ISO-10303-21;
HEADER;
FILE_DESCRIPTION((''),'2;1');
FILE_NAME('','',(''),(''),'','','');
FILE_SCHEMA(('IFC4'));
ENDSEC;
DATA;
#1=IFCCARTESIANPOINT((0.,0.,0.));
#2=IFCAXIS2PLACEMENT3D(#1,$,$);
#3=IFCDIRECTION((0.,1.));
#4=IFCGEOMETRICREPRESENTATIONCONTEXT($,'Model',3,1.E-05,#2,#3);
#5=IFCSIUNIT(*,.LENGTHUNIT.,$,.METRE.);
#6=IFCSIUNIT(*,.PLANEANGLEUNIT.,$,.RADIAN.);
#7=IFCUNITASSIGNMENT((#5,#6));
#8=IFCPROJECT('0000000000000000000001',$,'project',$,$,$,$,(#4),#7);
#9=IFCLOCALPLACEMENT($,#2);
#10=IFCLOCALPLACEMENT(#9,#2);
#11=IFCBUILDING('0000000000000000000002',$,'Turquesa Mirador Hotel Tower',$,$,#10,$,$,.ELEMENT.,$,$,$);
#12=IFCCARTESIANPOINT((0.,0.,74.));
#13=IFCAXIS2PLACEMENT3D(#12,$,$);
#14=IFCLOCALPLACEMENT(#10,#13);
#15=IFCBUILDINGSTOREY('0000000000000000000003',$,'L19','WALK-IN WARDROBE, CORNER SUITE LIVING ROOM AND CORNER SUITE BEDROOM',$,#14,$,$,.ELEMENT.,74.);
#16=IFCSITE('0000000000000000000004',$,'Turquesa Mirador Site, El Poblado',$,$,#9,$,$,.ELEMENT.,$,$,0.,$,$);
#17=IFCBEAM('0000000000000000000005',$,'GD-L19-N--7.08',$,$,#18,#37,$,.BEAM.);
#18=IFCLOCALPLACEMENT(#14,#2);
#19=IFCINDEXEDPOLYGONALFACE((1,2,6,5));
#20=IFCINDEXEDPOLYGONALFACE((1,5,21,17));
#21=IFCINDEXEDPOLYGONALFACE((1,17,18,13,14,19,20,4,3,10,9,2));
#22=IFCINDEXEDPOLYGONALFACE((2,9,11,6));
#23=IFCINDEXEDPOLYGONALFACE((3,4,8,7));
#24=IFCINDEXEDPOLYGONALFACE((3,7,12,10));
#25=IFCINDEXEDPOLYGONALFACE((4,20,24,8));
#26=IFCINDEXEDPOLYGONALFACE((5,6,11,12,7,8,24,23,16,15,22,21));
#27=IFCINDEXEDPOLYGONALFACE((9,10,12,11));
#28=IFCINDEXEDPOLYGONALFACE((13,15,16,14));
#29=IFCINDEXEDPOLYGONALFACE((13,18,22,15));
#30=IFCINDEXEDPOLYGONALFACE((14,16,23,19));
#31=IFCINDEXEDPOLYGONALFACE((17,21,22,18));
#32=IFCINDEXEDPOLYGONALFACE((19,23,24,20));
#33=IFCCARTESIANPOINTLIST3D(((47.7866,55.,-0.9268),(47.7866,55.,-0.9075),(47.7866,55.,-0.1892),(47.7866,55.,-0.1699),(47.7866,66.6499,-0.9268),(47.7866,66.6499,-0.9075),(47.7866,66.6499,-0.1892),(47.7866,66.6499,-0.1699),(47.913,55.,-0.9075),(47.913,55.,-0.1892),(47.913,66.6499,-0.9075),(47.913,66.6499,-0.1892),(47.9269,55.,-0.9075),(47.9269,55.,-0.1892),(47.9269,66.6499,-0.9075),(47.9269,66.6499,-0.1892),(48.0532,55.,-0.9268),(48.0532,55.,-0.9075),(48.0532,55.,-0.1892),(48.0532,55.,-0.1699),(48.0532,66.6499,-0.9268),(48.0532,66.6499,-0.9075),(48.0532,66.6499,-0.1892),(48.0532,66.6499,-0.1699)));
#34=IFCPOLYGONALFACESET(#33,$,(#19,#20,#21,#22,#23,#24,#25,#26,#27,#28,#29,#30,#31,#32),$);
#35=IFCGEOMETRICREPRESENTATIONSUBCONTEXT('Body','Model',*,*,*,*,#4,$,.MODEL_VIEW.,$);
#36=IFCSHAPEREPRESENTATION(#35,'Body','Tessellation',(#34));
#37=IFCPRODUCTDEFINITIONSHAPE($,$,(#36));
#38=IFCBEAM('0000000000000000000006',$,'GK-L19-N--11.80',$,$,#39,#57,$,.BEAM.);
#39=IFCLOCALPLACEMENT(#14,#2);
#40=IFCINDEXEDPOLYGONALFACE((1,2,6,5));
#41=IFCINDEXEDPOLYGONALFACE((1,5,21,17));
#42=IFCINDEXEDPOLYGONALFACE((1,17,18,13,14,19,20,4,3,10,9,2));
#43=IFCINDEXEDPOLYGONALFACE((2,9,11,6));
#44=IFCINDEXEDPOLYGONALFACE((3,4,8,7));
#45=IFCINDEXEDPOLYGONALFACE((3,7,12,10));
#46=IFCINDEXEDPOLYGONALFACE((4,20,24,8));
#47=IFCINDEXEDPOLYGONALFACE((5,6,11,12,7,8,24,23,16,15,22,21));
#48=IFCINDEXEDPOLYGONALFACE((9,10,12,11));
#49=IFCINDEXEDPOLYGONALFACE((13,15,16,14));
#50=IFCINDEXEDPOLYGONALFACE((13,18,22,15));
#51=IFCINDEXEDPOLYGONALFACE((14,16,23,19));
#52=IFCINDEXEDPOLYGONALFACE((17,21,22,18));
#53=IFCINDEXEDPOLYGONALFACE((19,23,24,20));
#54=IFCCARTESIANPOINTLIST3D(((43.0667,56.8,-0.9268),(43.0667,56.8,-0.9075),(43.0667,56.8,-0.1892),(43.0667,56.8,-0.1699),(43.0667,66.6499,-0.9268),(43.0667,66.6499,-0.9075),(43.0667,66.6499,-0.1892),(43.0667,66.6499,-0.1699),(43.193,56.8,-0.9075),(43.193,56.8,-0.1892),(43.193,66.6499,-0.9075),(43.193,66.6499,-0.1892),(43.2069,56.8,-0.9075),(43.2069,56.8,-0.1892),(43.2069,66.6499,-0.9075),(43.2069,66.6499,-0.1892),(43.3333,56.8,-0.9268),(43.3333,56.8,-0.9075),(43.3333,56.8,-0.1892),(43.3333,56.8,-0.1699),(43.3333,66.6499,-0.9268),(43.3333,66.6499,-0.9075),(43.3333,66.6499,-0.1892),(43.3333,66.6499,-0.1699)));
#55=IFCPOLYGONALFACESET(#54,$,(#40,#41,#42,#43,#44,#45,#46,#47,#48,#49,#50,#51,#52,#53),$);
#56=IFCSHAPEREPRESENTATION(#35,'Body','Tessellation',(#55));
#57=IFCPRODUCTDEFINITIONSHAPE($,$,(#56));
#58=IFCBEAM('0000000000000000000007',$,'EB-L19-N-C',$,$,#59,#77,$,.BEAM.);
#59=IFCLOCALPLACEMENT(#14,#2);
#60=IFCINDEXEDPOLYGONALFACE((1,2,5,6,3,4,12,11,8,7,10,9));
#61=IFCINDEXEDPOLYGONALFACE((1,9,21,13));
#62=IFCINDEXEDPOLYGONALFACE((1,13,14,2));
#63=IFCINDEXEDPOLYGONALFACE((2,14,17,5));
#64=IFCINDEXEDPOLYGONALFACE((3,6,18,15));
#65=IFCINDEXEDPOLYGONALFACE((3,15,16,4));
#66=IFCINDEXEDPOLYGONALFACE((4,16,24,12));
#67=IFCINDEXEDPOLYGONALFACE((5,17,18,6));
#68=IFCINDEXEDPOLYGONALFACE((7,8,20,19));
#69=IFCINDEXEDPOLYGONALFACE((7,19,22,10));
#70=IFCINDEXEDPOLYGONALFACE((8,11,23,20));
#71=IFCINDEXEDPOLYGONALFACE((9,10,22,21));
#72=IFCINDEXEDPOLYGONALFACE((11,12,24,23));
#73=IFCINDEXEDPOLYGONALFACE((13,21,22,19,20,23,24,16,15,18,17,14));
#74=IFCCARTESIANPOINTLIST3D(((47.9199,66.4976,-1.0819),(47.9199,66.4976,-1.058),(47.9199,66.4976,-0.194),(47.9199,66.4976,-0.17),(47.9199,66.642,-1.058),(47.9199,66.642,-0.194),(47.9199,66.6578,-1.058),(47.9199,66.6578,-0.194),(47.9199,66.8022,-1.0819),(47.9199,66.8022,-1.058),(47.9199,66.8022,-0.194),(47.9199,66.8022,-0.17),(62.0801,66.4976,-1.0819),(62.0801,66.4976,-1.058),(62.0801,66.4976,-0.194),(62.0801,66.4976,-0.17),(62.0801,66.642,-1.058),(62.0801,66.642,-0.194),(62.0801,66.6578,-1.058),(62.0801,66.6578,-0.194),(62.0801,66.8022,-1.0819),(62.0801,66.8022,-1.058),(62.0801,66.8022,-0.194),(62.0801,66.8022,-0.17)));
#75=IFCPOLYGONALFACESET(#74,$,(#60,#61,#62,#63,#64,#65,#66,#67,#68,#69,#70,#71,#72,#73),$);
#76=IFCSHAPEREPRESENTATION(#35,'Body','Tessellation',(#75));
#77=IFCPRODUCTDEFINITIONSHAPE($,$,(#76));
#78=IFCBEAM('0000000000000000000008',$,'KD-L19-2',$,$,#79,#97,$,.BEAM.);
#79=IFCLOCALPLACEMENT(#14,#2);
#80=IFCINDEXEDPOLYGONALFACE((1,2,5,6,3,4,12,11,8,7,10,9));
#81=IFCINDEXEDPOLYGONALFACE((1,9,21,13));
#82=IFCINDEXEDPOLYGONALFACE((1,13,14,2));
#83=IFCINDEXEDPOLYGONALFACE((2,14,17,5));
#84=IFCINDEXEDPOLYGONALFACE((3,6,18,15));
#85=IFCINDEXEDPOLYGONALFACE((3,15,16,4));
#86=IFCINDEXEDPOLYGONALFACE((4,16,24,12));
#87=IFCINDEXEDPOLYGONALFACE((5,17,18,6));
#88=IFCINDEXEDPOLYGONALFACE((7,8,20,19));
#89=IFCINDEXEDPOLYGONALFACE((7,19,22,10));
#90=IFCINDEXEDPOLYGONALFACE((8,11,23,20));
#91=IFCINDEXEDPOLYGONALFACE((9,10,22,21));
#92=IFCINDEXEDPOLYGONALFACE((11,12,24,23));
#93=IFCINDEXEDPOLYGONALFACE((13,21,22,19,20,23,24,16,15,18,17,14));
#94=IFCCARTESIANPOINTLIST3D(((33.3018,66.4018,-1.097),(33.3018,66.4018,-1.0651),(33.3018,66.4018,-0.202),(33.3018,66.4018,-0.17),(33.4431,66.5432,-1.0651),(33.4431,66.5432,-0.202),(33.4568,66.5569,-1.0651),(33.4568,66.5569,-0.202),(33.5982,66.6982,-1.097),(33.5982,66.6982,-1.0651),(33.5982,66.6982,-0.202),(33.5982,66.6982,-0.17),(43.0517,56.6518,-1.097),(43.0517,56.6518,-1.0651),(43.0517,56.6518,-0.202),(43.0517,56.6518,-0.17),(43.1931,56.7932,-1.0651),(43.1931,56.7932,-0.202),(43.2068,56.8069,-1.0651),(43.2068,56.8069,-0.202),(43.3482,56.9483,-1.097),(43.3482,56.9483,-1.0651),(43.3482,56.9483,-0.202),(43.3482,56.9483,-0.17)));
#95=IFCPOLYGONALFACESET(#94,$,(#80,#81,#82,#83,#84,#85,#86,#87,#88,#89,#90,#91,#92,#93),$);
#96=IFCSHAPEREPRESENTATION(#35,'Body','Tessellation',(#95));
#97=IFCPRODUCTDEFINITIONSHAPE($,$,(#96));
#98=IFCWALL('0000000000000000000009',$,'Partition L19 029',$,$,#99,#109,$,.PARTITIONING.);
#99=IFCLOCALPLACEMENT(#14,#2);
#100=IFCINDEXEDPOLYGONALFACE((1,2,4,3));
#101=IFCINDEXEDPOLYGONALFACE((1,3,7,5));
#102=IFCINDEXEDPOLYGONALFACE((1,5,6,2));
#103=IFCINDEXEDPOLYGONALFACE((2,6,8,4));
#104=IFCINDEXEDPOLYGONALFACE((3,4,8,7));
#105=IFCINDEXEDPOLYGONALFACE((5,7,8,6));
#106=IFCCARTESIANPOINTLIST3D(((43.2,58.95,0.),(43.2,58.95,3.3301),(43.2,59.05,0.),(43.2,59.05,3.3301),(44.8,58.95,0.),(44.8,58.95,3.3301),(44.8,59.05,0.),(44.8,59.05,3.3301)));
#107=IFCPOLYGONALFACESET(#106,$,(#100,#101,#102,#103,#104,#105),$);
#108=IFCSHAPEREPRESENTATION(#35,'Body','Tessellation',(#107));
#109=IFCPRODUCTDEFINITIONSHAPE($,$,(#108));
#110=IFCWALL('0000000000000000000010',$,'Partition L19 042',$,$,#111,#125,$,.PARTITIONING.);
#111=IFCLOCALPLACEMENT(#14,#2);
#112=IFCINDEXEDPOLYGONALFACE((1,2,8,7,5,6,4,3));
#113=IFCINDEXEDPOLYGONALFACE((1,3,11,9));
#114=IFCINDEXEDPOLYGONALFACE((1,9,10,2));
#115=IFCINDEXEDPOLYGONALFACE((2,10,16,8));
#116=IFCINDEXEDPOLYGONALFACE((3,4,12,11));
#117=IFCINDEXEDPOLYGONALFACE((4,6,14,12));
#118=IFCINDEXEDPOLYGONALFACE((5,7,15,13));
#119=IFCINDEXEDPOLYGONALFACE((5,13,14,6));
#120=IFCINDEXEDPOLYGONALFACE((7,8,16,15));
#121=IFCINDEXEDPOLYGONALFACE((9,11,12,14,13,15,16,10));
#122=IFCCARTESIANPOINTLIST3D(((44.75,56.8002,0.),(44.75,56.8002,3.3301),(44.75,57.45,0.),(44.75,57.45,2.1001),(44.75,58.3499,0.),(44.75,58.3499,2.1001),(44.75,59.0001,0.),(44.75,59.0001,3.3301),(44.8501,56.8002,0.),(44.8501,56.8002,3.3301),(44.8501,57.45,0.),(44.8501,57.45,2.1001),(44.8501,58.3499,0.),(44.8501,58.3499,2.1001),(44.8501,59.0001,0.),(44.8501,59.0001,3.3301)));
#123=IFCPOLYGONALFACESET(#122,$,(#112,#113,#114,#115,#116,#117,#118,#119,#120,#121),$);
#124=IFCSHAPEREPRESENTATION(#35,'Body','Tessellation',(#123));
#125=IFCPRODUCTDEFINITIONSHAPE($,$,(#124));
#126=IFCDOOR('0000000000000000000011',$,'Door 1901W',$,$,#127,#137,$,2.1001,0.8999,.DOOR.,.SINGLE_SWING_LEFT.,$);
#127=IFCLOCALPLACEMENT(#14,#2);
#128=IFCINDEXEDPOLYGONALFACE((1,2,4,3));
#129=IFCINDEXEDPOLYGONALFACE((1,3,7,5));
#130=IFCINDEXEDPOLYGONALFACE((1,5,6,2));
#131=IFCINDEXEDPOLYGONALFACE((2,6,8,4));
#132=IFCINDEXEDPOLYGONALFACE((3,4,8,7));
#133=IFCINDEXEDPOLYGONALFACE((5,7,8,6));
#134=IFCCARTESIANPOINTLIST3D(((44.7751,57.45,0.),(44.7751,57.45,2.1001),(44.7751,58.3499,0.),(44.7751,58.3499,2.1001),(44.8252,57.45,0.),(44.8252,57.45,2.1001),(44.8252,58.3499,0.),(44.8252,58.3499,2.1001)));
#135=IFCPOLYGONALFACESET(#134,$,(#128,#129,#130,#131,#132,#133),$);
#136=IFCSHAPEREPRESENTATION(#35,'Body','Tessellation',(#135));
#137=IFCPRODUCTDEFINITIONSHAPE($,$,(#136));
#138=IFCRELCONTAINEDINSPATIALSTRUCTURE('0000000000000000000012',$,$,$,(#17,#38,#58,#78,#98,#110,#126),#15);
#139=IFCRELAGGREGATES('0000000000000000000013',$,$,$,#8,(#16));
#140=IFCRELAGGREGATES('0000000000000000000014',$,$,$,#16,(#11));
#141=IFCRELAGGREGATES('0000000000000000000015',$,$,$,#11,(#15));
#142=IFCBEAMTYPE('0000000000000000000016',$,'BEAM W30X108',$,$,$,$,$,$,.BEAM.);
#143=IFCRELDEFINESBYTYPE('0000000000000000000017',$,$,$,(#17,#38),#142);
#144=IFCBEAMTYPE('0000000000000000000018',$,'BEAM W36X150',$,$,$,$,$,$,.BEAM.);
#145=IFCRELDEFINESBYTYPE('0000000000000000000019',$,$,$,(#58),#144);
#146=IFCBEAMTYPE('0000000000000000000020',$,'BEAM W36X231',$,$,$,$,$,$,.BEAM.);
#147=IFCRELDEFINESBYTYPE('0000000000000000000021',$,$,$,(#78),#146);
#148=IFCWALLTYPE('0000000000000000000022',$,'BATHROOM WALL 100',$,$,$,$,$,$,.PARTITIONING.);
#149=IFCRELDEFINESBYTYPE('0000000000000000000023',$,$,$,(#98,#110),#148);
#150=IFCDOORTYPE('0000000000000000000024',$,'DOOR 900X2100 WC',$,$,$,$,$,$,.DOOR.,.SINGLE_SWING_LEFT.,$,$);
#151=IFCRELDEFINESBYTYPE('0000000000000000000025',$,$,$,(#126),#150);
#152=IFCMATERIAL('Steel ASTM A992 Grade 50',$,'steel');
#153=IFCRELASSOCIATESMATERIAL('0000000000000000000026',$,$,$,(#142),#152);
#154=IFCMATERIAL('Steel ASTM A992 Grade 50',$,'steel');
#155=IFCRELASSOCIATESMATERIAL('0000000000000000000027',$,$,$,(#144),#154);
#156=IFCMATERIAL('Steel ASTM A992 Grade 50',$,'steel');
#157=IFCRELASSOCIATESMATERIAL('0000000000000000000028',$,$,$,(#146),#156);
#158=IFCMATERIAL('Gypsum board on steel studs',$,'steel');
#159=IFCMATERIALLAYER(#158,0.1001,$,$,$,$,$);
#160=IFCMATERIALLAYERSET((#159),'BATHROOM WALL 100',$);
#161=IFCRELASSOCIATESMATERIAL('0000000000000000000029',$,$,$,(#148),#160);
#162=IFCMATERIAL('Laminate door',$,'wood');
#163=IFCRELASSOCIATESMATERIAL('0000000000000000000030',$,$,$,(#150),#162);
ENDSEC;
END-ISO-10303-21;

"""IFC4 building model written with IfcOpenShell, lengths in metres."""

from ifc_helpers import new_model, si_unit, direction, frame, frame_2d, origin, origin_2d, place, context, subcontext, project, spatial, rectangle, i_section, extrude, material, layer, layer_set, material_profile, profile_set, type_object, element, fill, save


model = new_model("IFC4")

# Units and contexts
model_context = context("Model", 3, precision=1e-05, world=origin(), true_north=direction((0.0, 1.0)))
body_context = subcontext(model_context, "Body", "Model", "MODEL_VIEW")
ifc_project = project(units=[si_unit("LENGTHUNIT", "METRE"), si_unit("PLANEANGLEUNIT", "RADIAN")], contexts=[model_context])

# Site, building, storey
site_placement = place(None, origin())
site = spatial("IfcSite", under=ifc_project, at=site_placement, Name="Turquesa Mirador Site, El Poblado", CompositionType="ELEMENT", RefElevation=0.0)
building_placement = place(site_placement, origin())
building = spatial("IfcBuilding", under=site, at=building_placement, Name="Turquesa Mirador Hotel Tower", CompositionType="ELEMENT")
storey_placement = place(building_placement, frame((0.0, 0.0, 74.0)))
storey = spatial("IfcBuildingStorey", under=building, at=storey_placement, Name="L19", Description="WALK-IN WARDROBE, CORNER SUITE LIVING ROOM AND CORNER SUITE BEDROOM", CompositionType="ELEMENT", Elevation=74.0)

# Beams
ifc_material_1 = material(Name="Steel ASTM A992 Grade 50", Category="steel")
ifc_material_profile_1 = material_profile(ifc_material_1, i_section(OverallWidth=0.2666, OverallDepth=0.7568, WebThickness=0.0139, FlangeThickness=0.0193, at=origin_2d()), Name="W30X108")
ifc_profile_set_1 = profile_set([ifc_material_profile_1], Name="Steel ASTM A992 Grade 50")
beam_type_1 = type_object("IfcBeamType", Name="BEAM W30X108", PredefinedType="BEAM", material=ifc_profile_set_1)
beam_1_placement = place(storey_placement, frame((47.9199, 66.6499, -0.5483), z_axis=(0.0, -1.0, 0.0), x_axis=(1.0, 0.0, 0.0)))
element("IfcBeam", 1, at=beam_1_placement, inside=storey, type_object=beam_type_1, Name="GD-L19-N--7.08", PredefinedType="BEAM", context=body_context, shape_type="SweptSolid", body=[
    extrude(i_section(OverallWidth=0.2666, OverallDepth=0.7568, WebThickness=0.0139, FlangeThickness=0.0193, at=origin_2d()), origin(), (0.0, 0.0, 1.0), 11.6499),
])
beam_2_placement = place(storey_placement, frame((43.2, 66.6499, -0.5483), z_axis=(0.0, -1.0, 0.0), x_axis=(1.0, 0.0, 0.0)))
element("IfcBeam", 2, at=beam_2_placement, inside=storey, type_object=beam_type_1, Name="GK-L19-N--11.80", PredefinedType="BEAM", context=body_context, shape_type="SweptSolid", body=[
    extrude(i_section(OverallWidth=0.2666, OverallDepth=0.7568, WebThickness=0.0139, FlangeThickness=0.0193, at=origin_2d()), origin(), (0.0, 0.0, 1.0), 9.8499),
])
ifc_material_2 = material(Name="Steel ASTM A992 Grade 50", Category="steel")
ifc_material_profile_2 = material_profile(ifc_material_2, i_section(OverallWidth=0.3047, OverallDepth=0.9119, WebThickness=0.0159, FlangeThickness=0.0239, at=origin_2d()), Name="W36X150")
ifc_profile_set_2 = profile_set([ifc_material_profile_2], Name="Steel ASTM A992 Grade 50")
beam_type_2 = type_object("IfcBeamType", Name="BEAM W36X150", PredefinedType="BEAM", material=ifc_profile_set_2)
beam_3_placement = place(storey_placement, frame((47.9199, 66.6499, -0.626), z_axis=(1.0, 0.0, 0.0), x_axis=(0.0, 1.0, 0.0)))
element("IfcBeam", 3, at=beam_3_placement, inside=storey, type_object=beam_type_2, Name="EB-L19-N-C", PredefinedType="BEAM", context=body_context, shape_type="SweptSolid", body=[
    extrude(i_section(OverallWidth=0.3047, OverallDepth=0.9119, WebThickness=0.0159, FlangeThickness=0.0239, at=origin_2d()), origin(), (0.0, 0.0, 1.0), 14.1602),
])
ifc_material_3 = material(Name="Steel ASTM A992 Grade 50", Category="steel")
ifc_material_profile_3 = material_profile(ifc_material_3, i_section(OverallWidth=0.4192, OverallDepth=0.927, WebThickness=0.0193, FlangeThickness=0.032, at=origin_2d()), Name="W36X231")
ifc_profile_set_3 = profile_set([ifc_material_profile_3], Name="Steel ASTM A992 Grade 50")
beam_type_3 = type_object("IfcBeamType", Name="BEAM W36X231", PredefinedType="BEAM", material=ifc_profile_set_3)
beam_4_placement = place(storey_placement, frame((43.2, 56.8, -0.6335), z_axis=(-0.707107, 0.707107, 0.0), x_axis=(-0.707107, -0.707107, 0.0)))
element("IfcBeam", 4, at=beam_4_placement, inside=storey, type_object=beam_type_3, Name="KD-L19-2", PredefinedType="BEAM", context=body_context, shape_type="SweptSolid", body=[
    extrude(i_section(OverallWidth=0.4192, OverallDepth=0.927, WebThickness=0.0193, FlangeThickness=0.032, at=origin_2d()), origin(), (0.0, 0.0, 1.0), 13.7886),
])

# Wall
ifc_material_4 = material(Name="Gypsum board on steel studs", Category="steel")
ifc_layer_1 = layer(ifc_material_4, 0.1001)
ifc_layer_set_1 = layer_set([ifc_layer_1], Name="BATHROOM WALL 100")
wall_type_1 = type_object("IfcWallType", Name="BATHROOM WALL 100", PredefinedType="PARTITIONING", material=ifc_layer_set_1)
wall_1_placement = place(storey_placement, frame((43.2, 59.0, 0.0), z_axis=(0.0, 0.0, 1.0), x_axis=(1.0, 0.0, 0.0)))
element("IfcWall", 5, at=wall_1_placement, inside=storey, type_object=wall_type_1, Name="Partition L19 029", PredefinedType="PARTITIONING", context=body_context, shape_type="SweptSolid", body=[
    extrude(rectangle(XDim=1.6001, YDim=0.1001, at=frame_2d((0.8, 0.0))), origin(), (0.0, 0.0, 1.0), 3.3301),
])

# Wall, opening, door
wall_2_placement = place(storey_placement, frame((44.8, 56.8, 0.0), z_axis=(0.0, 0.0, 1.0), x_axis=(0.0, 1.0, 0.0)))
wall_2 = element("IfcWall", 6, at=wall_2_placement, inside=storey, type_object=wall_type_1, Name="Partition L19 042", PredefinedType="PARTITIONING", context=body_context, shape_type="SweptSolid", body=[
    extrude(rectangle(XDim=2.2, YDim=0.1001, at=frame_2d((1.1001, 0.0))), origin(), (0.0, 0.0, 1.0), 3.3301),
])
opening_1_placement = place(wall_2_placement, frame((0.6499, 0.0, 0.0)))
opening_1 = element("IfcOpeningElement", 7, at=opening_1_placement, cuts=wall_2, PredefinedType="OPENING", context=body_context, shape_type="SweptSolid", body=[
    extrude(rectangle(XDim=0.8999, YDim=2.1001, at=frame_2d((0.45, 1.05))), frame((0.0, 0.0601, 0.0), z_axis=(0.0, -1.0, 0.0), x_axis=(1.0, 0.0, 0.0)), (0.0, 0.0, 1.0), 0.1201),
])
ifc_material_5 = material(Name="Laminate door", Category="wood")
door_type_1 = type_object("IfcDoorType", Name="DOOR 900X2100 WC", OperationType="SINGLE_SWING_LEFT", PredefinedType="DOOR", material=ifc_material_5)
door_1_placement = place(opening_1_placement, origin())
door_1 = element("IfcDoor", 8, at=door_1_placement, inside=storey, type_object=door_type_1, Name="Door 1901W", OperationType="SINGLE_SWING_LEFT", OverallHeight=2.1001, OverallWidth=0.8999, PredefinedType="DOOR", context=body_context, shape_type="SweptSolid", body=[
    extrude(rectangle(XDim=0.8999, YDim=2.1001, at=frame_2d((0.45, 1.05))), frame((0.0, 0.0249, 0.0), z_axis=(0.0, -1.0, 0.0), x_axis=(1.0, 0.0, 0.0)), (0.0, 0.0, 1.0), 0.05),
])
fill(opening_1, door_1)

save(model, "model.ifc")
